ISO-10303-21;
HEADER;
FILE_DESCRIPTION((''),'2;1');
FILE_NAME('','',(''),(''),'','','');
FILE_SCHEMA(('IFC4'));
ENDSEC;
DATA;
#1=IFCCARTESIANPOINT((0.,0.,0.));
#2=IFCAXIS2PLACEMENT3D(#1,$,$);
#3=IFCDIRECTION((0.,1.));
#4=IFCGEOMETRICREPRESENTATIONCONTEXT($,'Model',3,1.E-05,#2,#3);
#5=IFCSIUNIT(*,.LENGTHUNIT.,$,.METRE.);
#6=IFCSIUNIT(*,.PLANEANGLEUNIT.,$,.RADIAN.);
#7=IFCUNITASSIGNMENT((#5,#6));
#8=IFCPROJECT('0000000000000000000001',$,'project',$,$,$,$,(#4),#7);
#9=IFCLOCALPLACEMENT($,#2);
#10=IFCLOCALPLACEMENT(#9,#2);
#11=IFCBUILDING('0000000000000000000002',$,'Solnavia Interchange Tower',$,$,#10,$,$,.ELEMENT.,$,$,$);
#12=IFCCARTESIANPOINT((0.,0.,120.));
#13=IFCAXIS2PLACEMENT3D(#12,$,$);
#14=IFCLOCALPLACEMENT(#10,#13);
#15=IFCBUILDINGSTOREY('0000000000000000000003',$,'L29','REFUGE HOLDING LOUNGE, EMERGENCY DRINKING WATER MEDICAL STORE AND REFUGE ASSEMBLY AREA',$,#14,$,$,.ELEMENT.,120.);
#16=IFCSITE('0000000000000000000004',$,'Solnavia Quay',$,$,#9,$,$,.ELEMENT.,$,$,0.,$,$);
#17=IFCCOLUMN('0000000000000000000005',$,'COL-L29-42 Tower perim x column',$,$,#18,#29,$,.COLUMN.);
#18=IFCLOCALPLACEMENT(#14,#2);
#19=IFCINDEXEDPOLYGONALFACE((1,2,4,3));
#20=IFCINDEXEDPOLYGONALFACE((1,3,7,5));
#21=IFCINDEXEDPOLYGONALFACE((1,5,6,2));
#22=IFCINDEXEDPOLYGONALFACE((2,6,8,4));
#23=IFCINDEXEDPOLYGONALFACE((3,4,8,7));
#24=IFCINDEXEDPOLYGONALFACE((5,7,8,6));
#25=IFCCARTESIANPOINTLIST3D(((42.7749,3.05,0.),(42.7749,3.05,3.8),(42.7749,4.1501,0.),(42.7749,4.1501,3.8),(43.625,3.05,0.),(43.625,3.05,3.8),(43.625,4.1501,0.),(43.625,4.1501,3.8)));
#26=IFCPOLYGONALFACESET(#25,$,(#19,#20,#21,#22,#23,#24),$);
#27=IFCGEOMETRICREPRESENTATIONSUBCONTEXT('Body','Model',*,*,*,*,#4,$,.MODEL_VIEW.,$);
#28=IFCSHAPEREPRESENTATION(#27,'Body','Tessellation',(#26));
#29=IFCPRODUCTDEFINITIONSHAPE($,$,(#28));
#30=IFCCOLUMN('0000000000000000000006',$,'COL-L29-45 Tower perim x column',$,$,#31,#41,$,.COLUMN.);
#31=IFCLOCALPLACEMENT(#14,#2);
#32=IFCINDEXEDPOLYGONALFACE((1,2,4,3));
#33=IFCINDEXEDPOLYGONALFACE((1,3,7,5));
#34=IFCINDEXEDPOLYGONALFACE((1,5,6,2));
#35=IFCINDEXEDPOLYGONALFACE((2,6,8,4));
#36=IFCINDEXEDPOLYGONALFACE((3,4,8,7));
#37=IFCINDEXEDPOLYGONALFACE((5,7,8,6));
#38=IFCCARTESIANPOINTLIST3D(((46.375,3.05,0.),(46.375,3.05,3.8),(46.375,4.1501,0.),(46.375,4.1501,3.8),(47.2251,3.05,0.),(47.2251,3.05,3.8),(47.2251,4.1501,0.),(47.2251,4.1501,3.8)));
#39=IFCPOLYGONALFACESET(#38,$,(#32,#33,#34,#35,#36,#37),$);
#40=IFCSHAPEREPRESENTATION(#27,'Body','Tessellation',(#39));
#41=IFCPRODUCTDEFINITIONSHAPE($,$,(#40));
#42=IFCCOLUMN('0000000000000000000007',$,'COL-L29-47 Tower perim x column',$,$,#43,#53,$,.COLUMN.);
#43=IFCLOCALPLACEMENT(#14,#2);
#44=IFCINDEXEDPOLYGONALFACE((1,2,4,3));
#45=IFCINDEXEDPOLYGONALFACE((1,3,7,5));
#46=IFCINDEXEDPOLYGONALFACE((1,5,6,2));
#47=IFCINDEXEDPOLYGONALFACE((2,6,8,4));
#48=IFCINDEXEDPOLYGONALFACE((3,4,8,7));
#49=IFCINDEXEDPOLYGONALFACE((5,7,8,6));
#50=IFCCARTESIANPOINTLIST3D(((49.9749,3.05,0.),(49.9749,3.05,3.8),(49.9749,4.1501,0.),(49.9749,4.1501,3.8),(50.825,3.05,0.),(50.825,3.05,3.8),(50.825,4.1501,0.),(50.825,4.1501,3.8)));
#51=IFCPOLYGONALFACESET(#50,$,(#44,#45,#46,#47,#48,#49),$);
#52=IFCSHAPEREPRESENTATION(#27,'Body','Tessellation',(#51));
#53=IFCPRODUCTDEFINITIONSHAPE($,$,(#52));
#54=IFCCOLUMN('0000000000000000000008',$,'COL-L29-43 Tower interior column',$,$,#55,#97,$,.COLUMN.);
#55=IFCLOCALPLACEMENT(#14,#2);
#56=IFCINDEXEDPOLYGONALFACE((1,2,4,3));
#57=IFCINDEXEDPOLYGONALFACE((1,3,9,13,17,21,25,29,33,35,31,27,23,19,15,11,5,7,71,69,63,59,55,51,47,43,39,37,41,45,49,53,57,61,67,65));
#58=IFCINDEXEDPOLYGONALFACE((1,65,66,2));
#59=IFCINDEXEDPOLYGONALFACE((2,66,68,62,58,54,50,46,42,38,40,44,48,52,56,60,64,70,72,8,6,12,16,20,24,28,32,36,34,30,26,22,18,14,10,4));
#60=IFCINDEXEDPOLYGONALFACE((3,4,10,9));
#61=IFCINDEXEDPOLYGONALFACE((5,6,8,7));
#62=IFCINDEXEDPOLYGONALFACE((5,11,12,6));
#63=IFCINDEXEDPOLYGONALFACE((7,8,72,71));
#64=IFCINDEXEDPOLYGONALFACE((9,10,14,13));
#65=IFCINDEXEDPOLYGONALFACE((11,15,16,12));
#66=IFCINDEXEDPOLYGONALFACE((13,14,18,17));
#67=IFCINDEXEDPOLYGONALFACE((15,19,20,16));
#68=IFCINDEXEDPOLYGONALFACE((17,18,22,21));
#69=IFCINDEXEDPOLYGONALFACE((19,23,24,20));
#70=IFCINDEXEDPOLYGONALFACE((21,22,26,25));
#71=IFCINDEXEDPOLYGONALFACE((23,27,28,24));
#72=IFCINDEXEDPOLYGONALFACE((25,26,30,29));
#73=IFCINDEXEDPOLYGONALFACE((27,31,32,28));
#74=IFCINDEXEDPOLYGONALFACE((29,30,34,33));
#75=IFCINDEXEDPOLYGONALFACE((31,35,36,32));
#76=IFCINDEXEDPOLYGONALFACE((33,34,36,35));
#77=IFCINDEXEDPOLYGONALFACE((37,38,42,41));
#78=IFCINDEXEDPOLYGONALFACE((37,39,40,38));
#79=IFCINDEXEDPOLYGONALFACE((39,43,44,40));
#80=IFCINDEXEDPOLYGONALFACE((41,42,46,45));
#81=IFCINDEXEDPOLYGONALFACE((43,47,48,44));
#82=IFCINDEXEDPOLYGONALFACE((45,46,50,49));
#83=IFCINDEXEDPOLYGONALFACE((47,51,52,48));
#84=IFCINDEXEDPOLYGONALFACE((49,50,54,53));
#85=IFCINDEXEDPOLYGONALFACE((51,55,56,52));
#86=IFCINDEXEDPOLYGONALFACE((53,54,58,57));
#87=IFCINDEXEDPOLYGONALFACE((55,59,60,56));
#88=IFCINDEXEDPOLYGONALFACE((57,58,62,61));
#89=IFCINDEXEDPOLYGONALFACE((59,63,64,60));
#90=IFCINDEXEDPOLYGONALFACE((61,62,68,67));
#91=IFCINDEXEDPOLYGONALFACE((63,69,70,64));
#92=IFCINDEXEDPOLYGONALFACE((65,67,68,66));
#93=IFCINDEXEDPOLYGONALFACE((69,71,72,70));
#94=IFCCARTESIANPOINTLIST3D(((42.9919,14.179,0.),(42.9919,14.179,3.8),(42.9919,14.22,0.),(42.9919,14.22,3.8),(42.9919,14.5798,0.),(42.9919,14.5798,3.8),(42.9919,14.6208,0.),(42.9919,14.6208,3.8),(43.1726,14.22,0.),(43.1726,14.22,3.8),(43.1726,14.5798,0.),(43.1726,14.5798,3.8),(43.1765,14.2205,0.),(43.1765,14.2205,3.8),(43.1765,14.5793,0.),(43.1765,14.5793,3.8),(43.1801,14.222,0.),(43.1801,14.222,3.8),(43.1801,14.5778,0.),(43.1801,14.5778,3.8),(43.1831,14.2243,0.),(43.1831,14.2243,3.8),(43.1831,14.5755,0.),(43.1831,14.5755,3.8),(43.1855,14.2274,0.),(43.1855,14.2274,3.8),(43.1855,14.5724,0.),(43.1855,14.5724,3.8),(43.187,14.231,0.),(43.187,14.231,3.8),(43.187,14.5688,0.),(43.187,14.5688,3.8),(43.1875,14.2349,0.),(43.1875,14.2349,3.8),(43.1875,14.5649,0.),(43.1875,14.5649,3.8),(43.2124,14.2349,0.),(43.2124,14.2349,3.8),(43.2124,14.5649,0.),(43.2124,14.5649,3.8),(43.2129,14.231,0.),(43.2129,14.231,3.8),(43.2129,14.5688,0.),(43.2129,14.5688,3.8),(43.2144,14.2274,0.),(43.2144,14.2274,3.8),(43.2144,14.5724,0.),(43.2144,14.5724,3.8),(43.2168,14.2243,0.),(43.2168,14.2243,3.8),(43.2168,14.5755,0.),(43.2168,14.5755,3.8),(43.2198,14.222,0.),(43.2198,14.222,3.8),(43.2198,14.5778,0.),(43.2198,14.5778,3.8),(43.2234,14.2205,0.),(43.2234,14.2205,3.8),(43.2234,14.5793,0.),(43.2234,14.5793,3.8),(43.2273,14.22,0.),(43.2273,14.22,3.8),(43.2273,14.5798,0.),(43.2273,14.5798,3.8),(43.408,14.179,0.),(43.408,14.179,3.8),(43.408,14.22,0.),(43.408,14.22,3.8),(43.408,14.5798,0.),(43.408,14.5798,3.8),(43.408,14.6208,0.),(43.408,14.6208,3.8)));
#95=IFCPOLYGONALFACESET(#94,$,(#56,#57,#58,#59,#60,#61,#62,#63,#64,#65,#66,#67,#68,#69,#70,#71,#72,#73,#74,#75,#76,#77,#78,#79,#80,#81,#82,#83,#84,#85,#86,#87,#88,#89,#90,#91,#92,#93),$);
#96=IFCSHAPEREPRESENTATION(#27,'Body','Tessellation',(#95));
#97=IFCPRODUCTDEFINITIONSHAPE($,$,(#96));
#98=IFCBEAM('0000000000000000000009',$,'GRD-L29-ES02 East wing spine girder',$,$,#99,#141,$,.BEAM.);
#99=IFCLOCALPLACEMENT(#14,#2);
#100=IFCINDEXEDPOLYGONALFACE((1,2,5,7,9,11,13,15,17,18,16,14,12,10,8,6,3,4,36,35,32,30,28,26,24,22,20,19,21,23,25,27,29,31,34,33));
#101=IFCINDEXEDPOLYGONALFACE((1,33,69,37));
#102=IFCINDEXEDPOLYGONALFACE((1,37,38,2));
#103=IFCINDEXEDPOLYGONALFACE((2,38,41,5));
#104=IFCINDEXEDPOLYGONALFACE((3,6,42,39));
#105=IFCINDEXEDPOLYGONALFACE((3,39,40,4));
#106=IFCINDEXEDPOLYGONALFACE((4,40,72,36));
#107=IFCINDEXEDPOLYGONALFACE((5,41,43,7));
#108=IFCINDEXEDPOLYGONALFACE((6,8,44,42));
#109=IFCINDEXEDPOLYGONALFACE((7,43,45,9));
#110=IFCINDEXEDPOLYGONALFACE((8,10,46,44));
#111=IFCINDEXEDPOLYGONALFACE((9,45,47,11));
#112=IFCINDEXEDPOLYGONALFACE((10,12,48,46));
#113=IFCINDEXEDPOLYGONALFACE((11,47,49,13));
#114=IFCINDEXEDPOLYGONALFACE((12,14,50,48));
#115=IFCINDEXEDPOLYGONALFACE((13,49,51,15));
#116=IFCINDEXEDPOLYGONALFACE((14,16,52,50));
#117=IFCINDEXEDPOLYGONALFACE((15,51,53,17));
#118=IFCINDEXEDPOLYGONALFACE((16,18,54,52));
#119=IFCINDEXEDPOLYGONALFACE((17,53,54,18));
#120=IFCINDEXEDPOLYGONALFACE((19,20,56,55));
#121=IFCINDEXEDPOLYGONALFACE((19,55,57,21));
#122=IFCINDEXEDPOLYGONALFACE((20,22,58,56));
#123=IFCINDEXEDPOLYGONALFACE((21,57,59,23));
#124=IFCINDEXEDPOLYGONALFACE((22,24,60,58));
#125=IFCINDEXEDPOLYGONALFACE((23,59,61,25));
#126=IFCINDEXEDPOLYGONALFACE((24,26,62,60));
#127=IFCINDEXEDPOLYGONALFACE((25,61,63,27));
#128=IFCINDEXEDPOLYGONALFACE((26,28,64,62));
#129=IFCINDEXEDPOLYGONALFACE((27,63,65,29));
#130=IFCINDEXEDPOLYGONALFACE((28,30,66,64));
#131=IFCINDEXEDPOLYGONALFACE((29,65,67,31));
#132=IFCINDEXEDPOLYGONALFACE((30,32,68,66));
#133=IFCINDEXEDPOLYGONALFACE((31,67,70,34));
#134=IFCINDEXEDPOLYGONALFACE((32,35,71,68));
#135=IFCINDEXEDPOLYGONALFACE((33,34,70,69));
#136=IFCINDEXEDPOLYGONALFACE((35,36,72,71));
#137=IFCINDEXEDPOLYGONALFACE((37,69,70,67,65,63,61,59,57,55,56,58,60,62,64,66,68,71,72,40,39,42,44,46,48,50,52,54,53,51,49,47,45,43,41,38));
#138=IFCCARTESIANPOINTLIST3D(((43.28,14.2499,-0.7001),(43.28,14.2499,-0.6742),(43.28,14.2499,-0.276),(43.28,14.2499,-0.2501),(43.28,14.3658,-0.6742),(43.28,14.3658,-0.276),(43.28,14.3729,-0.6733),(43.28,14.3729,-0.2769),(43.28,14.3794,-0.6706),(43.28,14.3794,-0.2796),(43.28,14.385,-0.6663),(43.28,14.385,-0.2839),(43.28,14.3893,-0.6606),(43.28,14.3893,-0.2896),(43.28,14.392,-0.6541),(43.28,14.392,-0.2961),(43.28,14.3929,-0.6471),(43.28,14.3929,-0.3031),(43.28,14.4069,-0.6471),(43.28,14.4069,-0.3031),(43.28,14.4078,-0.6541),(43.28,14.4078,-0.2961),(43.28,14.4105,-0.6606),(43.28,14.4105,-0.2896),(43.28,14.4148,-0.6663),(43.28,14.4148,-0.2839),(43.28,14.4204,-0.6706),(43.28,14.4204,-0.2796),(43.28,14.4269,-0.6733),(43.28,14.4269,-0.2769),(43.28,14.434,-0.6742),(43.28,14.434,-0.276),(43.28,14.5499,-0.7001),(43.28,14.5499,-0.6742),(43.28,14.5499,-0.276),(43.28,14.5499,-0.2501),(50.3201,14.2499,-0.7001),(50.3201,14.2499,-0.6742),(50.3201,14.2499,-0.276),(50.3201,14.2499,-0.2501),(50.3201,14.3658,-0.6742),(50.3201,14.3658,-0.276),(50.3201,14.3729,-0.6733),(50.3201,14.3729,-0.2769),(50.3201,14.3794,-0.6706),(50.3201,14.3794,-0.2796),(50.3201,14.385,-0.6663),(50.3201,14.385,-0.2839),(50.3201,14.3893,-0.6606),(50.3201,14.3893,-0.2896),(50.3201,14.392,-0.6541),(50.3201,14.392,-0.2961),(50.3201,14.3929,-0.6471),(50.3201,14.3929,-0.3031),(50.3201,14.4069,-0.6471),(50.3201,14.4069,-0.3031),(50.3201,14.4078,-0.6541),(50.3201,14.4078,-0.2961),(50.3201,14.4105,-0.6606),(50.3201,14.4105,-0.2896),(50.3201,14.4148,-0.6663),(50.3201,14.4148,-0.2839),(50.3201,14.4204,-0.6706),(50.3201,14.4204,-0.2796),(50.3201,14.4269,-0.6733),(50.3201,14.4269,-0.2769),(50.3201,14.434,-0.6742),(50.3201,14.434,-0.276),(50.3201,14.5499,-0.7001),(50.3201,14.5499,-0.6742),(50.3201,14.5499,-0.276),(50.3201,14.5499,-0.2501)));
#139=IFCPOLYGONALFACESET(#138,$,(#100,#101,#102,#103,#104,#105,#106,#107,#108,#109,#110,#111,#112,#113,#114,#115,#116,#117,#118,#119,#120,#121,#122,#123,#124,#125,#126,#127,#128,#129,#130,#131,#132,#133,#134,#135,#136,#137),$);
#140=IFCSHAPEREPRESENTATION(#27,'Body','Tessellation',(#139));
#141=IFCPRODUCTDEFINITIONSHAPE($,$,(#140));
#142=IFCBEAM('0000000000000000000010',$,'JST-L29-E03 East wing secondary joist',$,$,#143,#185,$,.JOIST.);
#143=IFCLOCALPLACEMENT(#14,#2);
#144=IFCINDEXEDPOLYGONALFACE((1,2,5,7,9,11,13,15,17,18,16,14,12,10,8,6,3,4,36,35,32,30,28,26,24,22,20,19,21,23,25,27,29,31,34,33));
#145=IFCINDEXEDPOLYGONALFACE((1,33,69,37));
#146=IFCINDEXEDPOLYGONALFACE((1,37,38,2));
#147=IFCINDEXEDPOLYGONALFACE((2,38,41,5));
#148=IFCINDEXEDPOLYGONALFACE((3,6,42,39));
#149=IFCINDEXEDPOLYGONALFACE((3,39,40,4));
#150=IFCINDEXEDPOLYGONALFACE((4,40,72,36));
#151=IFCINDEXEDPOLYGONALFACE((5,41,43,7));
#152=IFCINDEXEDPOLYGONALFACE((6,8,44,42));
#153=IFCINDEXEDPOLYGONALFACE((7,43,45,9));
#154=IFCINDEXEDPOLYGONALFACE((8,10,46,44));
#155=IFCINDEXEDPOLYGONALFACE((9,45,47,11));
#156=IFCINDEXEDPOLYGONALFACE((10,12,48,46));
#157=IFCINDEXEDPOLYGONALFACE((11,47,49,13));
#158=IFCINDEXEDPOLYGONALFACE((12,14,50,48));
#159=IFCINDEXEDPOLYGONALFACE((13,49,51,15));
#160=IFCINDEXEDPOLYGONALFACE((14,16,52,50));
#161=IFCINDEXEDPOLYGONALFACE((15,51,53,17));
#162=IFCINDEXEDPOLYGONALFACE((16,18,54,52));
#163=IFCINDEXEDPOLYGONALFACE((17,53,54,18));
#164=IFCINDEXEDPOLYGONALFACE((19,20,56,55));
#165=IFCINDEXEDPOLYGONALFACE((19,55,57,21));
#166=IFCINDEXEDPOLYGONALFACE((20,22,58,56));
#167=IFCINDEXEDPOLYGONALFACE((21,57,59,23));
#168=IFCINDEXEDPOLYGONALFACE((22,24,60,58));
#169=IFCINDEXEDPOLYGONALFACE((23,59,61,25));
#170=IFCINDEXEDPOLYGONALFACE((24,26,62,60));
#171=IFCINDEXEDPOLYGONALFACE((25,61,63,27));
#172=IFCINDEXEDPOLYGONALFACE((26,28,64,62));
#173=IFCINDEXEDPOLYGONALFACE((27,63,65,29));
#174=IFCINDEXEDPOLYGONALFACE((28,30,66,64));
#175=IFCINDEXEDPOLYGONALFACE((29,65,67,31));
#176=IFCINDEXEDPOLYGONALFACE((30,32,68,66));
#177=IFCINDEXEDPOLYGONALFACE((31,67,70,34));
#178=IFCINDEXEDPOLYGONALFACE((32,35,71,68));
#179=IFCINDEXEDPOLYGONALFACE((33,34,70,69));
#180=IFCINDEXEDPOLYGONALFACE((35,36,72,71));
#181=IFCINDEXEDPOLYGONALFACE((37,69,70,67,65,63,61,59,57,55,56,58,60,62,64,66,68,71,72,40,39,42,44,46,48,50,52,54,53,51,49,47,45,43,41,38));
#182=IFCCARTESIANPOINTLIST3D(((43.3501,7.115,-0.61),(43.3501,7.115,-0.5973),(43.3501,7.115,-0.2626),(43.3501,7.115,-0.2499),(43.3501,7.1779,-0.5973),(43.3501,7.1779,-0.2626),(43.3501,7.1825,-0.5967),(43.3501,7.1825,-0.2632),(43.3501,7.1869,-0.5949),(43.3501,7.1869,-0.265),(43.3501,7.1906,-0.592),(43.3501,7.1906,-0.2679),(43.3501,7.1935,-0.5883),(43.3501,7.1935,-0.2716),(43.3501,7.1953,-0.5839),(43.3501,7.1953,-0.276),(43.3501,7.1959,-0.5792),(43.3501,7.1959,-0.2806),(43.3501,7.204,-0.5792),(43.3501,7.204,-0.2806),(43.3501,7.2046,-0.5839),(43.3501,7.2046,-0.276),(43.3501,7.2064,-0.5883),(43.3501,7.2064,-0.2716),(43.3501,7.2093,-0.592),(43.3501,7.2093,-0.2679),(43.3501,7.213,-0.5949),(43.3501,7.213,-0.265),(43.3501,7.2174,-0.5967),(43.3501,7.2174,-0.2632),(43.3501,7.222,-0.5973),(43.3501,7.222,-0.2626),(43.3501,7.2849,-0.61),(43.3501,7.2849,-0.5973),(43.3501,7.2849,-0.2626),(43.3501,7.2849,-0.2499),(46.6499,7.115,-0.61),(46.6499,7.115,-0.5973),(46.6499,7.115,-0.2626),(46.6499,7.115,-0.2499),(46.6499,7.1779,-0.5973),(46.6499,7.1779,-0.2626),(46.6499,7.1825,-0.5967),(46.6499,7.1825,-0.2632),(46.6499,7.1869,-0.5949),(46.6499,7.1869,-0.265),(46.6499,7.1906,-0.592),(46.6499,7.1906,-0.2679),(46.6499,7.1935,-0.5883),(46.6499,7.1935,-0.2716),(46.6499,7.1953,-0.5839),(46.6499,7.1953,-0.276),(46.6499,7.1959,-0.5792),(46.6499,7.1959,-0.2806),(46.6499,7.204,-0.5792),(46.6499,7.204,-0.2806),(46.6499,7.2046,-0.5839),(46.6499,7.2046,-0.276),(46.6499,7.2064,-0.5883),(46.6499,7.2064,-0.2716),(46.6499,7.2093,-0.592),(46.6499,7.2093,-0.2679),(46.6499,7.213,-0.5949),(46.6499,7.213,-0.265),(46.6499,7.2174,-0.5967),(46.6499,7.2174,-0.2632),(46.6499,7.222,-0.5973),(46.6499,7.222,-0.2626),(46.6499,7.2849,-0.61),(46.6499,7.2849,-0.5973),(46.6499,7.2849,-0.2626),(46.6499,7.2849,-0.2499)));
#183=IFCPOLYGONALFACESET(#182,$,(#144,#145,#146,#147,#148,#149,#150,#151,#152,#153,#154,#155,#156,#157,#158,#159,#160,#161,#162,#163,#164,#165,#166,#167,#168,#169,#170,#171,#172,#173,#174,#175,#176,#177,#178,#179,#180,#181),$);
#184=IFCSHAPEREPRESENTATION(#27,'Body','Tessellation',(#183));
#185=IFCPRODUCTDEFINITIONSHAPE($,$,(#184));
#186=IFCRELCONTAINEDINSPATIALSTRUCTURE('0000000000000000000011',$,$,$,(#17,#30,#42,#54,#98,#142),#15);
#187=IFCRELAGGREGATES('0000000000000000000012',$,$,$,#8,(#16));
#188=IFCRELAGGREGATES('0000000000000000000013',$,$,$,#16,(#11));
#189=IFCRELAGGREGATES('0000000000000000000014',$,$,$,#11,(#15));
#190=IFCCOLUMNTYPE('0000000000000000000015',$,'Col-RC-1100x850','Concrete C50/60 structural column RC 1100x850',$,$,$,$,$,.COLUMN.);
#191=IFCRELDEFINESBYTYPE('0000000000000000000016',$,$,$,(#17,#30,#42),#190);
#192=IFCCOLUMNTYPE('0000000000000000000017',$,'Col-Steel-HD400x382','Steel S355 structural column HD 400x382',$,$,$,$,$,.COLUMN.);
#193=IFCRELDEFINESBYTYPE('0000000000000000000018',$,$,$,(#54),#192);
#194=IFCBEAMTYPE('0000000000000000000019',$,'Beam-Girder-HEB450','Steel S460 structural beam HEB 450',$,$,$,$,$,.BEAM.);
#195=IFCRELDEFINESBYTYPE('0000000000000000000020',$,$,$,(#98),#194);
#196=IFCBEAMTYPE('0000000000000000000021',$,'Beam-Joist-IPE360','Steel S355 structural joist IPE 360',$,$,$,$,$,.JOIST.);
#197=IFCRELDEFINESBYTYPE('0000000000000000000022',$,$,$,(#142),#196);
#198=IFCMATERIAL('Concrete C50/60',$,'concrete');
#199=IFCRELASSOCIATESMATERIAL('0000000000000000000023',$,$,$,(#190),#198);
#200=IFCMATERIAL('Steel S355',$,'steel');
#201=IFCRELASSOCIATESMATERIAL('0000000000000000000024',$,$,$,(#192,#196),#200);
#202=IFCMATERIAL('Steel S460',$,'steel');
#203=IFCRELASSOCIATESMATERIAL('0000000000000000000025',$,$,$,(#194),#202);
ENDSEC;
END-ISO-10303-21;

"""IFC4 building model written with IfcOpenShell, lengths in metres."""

from ifc_helpers import new_model, si_unit, direction, frame, origin, origin_2d, place, context, subcontext, project, spatial, rectangle, i_section, extrude, material, material_profile, profile_set, type_object, element, save


model = new_model("IFC4")

# Units and contexts
model_context = context("Model", 3, precision=1e-05, world=origin(), true_north=direction((0.0, 1.0)))
body_context = subcontext(model_context, "Body", "Model", "MODEL_VIEW")
ifc_project = project(units=[si_unit("LENGTHUNIT", "METRE"), si_unit("PLANEANGLEUNIT", "RADIAN")], contexts=[model_context])

# Site, building, storey
site_placement = place(None, origin())
site = spatial("IfcSite", under=ifc_project, at=site_placement, Name="Solnavia Quay", CompositionType="ELEMENT", RefElevation=0.0)
building_placement = place(site_placement, origin())
building = spatial("IfcBuilding", under=site, at=building_placement, Name="Solnavia Interchange Tower", CompositionType="ELEMENT")
storey_placement = place(building_placement, frame((0.0, 0.0, 120.0)))
storey = spatial("IfcBuildingStorey", under=building, at=storey_placement, Name="L29", Description="REFUGE HOLDING LOUNGE, EMERGENCY DRINKING WATER MEDICAL STORE AND REFUGE ASSEMBLY AREA", CompositionType="ELEMENT", Elevation=120.0)

# Columns
ifc_material_1 = material(Name="Concrete C50/60", Category="concrete")
ifc_material_profile_1 = material_profile(ifc_material_1, rectangle(XDim=0.8501, YDim=1.1001, at=origin_2d()), Name="RC 1100x850")
ifc_profile_set_1 = profile_set([ifc_material_profile_1], Name="Concrete C50/60")
column_type_1 = type_object("IfcColumnType", Name="Col-RC-1100x850", Description="Concrete C50/60 structural column RC 1100x850", PredefinedType="COLUMN", material=ifc_profile_set_1)
for number, where, z_axis, x_axis, name in (
    (1, (43.2, 3.6001, 0.0), (0.0, 0.0, 1.0), (1.0, 0.0, 0.0), "COL-L29-42 Tower perim x column"),
    (2, (46.8, 3.6001, 0.0), (0.0, 0.0, 1.0), (1.0, 0.0, 0.0), "COL-L29-45 Tower perim x column"),
    (3, (50.3999, 3.6001, 0.0), (0.0, 0.0, 1.0), (1.0, 0.0, 0.0), "COL-L29-47 Tower perim x column"),
):
    element("IfcColumn", number, at=place(storey_placement, frame(where, z_axis=z_axis, x_axis=x_axis)), inside=storey, type_object=column_type_1, Name=name, PredefinedType="COLUMN", context=body_context, shape_type="SweptSolid", body=[
        extrude(rectangle(XDim=0.8501, YDim=1.1001, at=origin_2d()), origin(), (0.0, 0.0, 1.0), 3.8),
    ])
ifc_material_2 = material(Name="Steel S355", Category="steel")
ifc_material_profile_2 = material_profile(ifc_material_2, i_section(OverallWidth=0.416, OverallDepth=0.4419, WebThickness=0.0249, FlangeThickness=0.041, FilletRadius=0.0149, at=origin_2d()), Name="HD 400x382")
ifc_profile_set_2 = profile_set([ifc_material_profile_2], Name="Steel S355")
column_type_2 = type_object("IfcColumnType", Name="Col-Steel-HD400x382", Description="Steel S355 structural column HD 400x382", PredefinedType="COLUMN", material=ifc_profile_set_2)
column_placement = place(storey_placement, frame((43.2, 14.3999, 0.0), z_axis=(0.0, 0.0, 1.0), x_axis=(1.0, 0.0, 0.0)))
element("IfcColumn", 4, at=column_placement, inside=storey, type_object=column_type_2, Name="COL-L29-43 Tower interior column", PredefinedType="COLUMN", context=body_context, shape_type="SweptSolid", body=[
    extrude(i_section(OverallWidth=0.416, OverallDepth=0.4419, WebThickness=0.0249, FlangeThickness=0.041, FilletRadius=0.0149, at=origin_2d()), origin(), (0.0, 0.0, 1.0), 3.8),
])

# Beams
ifc_material_3 = material(Name="Steel S460", Category="steel")
ifc_material_profile_3 = material_profile(ifc_material_3, i_section(OverallWidth=0.3, OverallDepth=0.45, WebThickness=0.0139, FlangeThickness=0.0259, FilletRadius=0.0271, at=origin_2d()), Name="HEB 450")
ifc_profile_set_3 = profile_set([ifc_material_profile_3], Name="Steel S460")
beam_type_1 = type_object("IfcBeamType", Name="Beam-Girder-HEB450", Description="Steel S460 structural beam HEB 450", PredefinedType="BEAM", material=ifc_profile_set_3)
beam_1_placement = place(storey_placement, frame((43.28, 14.3999, -0.4751), z_axis=(1.0, 0.0, 0.0), x_axis=(0.0, 1.0, 0.0)))
element("IfcBeam", 5, at=beam_1_placement, inside=storey, type_object=beam_type_1, Name="GRD-L29-ES02 East wing spine girder", PredefinedType="BEAM", context=body_context, shape_type="SweptSolid", body=[
    extrude(i_section(OverallWidth=0.3, OverallDepth=0.45, WebThickness=0.0139, FlangeThickness=0.0259, FilletRadius=0.0271, at=origin_2d()), origin(), (0.0, 0.0, 1.0), 7.04),
])
ifc_material_profile_4 = material_profile(ifc_material_2, i_section(OverallWidth=0.1699, OverallDepth=0.3601, WebThickness=0.0081, FlangeThickness=0.0127, FilletRadius=0.0181, at=origin_2d()), Name="IPE 360")
ifc_profile_set_4 = profile_set([ifc_material_profile_4], Name="Steel S355")
beam_type_2 = type_object("IfcBeamType", Name="Beam-Joist-IPE360", Description="Steel S355 structural joist IPE 360", PredefinedType="JOIST", material=ifc_profile_set_4)
beam_2_placement = place(storey_placement, frame((43.3501, 7.2, -0.4299), z_axis=(1.0, 0.0, 0.0), x_axis=(0.0, 1.0, 0.0)))
element("IfcBeam", 6, at=beam_2_placement, inside=storey, type_object=beam_type_2, Name="JST-L29-E03 East wing secondary joist", PredefinedType="JOIST", context=body_context, shape_type="SweptSolid", body=[
    extrude(i_section(OverallWidth=0.1699, OverallDepth=0.3601, WebThickness=0.0081, FlangeThickness=0.0127, FilletRadius=0.0181, at=origin_2d()), origin(), (0.0, 0.0, 1.0), 3.2998),
])

save(model, "model.ifc")
